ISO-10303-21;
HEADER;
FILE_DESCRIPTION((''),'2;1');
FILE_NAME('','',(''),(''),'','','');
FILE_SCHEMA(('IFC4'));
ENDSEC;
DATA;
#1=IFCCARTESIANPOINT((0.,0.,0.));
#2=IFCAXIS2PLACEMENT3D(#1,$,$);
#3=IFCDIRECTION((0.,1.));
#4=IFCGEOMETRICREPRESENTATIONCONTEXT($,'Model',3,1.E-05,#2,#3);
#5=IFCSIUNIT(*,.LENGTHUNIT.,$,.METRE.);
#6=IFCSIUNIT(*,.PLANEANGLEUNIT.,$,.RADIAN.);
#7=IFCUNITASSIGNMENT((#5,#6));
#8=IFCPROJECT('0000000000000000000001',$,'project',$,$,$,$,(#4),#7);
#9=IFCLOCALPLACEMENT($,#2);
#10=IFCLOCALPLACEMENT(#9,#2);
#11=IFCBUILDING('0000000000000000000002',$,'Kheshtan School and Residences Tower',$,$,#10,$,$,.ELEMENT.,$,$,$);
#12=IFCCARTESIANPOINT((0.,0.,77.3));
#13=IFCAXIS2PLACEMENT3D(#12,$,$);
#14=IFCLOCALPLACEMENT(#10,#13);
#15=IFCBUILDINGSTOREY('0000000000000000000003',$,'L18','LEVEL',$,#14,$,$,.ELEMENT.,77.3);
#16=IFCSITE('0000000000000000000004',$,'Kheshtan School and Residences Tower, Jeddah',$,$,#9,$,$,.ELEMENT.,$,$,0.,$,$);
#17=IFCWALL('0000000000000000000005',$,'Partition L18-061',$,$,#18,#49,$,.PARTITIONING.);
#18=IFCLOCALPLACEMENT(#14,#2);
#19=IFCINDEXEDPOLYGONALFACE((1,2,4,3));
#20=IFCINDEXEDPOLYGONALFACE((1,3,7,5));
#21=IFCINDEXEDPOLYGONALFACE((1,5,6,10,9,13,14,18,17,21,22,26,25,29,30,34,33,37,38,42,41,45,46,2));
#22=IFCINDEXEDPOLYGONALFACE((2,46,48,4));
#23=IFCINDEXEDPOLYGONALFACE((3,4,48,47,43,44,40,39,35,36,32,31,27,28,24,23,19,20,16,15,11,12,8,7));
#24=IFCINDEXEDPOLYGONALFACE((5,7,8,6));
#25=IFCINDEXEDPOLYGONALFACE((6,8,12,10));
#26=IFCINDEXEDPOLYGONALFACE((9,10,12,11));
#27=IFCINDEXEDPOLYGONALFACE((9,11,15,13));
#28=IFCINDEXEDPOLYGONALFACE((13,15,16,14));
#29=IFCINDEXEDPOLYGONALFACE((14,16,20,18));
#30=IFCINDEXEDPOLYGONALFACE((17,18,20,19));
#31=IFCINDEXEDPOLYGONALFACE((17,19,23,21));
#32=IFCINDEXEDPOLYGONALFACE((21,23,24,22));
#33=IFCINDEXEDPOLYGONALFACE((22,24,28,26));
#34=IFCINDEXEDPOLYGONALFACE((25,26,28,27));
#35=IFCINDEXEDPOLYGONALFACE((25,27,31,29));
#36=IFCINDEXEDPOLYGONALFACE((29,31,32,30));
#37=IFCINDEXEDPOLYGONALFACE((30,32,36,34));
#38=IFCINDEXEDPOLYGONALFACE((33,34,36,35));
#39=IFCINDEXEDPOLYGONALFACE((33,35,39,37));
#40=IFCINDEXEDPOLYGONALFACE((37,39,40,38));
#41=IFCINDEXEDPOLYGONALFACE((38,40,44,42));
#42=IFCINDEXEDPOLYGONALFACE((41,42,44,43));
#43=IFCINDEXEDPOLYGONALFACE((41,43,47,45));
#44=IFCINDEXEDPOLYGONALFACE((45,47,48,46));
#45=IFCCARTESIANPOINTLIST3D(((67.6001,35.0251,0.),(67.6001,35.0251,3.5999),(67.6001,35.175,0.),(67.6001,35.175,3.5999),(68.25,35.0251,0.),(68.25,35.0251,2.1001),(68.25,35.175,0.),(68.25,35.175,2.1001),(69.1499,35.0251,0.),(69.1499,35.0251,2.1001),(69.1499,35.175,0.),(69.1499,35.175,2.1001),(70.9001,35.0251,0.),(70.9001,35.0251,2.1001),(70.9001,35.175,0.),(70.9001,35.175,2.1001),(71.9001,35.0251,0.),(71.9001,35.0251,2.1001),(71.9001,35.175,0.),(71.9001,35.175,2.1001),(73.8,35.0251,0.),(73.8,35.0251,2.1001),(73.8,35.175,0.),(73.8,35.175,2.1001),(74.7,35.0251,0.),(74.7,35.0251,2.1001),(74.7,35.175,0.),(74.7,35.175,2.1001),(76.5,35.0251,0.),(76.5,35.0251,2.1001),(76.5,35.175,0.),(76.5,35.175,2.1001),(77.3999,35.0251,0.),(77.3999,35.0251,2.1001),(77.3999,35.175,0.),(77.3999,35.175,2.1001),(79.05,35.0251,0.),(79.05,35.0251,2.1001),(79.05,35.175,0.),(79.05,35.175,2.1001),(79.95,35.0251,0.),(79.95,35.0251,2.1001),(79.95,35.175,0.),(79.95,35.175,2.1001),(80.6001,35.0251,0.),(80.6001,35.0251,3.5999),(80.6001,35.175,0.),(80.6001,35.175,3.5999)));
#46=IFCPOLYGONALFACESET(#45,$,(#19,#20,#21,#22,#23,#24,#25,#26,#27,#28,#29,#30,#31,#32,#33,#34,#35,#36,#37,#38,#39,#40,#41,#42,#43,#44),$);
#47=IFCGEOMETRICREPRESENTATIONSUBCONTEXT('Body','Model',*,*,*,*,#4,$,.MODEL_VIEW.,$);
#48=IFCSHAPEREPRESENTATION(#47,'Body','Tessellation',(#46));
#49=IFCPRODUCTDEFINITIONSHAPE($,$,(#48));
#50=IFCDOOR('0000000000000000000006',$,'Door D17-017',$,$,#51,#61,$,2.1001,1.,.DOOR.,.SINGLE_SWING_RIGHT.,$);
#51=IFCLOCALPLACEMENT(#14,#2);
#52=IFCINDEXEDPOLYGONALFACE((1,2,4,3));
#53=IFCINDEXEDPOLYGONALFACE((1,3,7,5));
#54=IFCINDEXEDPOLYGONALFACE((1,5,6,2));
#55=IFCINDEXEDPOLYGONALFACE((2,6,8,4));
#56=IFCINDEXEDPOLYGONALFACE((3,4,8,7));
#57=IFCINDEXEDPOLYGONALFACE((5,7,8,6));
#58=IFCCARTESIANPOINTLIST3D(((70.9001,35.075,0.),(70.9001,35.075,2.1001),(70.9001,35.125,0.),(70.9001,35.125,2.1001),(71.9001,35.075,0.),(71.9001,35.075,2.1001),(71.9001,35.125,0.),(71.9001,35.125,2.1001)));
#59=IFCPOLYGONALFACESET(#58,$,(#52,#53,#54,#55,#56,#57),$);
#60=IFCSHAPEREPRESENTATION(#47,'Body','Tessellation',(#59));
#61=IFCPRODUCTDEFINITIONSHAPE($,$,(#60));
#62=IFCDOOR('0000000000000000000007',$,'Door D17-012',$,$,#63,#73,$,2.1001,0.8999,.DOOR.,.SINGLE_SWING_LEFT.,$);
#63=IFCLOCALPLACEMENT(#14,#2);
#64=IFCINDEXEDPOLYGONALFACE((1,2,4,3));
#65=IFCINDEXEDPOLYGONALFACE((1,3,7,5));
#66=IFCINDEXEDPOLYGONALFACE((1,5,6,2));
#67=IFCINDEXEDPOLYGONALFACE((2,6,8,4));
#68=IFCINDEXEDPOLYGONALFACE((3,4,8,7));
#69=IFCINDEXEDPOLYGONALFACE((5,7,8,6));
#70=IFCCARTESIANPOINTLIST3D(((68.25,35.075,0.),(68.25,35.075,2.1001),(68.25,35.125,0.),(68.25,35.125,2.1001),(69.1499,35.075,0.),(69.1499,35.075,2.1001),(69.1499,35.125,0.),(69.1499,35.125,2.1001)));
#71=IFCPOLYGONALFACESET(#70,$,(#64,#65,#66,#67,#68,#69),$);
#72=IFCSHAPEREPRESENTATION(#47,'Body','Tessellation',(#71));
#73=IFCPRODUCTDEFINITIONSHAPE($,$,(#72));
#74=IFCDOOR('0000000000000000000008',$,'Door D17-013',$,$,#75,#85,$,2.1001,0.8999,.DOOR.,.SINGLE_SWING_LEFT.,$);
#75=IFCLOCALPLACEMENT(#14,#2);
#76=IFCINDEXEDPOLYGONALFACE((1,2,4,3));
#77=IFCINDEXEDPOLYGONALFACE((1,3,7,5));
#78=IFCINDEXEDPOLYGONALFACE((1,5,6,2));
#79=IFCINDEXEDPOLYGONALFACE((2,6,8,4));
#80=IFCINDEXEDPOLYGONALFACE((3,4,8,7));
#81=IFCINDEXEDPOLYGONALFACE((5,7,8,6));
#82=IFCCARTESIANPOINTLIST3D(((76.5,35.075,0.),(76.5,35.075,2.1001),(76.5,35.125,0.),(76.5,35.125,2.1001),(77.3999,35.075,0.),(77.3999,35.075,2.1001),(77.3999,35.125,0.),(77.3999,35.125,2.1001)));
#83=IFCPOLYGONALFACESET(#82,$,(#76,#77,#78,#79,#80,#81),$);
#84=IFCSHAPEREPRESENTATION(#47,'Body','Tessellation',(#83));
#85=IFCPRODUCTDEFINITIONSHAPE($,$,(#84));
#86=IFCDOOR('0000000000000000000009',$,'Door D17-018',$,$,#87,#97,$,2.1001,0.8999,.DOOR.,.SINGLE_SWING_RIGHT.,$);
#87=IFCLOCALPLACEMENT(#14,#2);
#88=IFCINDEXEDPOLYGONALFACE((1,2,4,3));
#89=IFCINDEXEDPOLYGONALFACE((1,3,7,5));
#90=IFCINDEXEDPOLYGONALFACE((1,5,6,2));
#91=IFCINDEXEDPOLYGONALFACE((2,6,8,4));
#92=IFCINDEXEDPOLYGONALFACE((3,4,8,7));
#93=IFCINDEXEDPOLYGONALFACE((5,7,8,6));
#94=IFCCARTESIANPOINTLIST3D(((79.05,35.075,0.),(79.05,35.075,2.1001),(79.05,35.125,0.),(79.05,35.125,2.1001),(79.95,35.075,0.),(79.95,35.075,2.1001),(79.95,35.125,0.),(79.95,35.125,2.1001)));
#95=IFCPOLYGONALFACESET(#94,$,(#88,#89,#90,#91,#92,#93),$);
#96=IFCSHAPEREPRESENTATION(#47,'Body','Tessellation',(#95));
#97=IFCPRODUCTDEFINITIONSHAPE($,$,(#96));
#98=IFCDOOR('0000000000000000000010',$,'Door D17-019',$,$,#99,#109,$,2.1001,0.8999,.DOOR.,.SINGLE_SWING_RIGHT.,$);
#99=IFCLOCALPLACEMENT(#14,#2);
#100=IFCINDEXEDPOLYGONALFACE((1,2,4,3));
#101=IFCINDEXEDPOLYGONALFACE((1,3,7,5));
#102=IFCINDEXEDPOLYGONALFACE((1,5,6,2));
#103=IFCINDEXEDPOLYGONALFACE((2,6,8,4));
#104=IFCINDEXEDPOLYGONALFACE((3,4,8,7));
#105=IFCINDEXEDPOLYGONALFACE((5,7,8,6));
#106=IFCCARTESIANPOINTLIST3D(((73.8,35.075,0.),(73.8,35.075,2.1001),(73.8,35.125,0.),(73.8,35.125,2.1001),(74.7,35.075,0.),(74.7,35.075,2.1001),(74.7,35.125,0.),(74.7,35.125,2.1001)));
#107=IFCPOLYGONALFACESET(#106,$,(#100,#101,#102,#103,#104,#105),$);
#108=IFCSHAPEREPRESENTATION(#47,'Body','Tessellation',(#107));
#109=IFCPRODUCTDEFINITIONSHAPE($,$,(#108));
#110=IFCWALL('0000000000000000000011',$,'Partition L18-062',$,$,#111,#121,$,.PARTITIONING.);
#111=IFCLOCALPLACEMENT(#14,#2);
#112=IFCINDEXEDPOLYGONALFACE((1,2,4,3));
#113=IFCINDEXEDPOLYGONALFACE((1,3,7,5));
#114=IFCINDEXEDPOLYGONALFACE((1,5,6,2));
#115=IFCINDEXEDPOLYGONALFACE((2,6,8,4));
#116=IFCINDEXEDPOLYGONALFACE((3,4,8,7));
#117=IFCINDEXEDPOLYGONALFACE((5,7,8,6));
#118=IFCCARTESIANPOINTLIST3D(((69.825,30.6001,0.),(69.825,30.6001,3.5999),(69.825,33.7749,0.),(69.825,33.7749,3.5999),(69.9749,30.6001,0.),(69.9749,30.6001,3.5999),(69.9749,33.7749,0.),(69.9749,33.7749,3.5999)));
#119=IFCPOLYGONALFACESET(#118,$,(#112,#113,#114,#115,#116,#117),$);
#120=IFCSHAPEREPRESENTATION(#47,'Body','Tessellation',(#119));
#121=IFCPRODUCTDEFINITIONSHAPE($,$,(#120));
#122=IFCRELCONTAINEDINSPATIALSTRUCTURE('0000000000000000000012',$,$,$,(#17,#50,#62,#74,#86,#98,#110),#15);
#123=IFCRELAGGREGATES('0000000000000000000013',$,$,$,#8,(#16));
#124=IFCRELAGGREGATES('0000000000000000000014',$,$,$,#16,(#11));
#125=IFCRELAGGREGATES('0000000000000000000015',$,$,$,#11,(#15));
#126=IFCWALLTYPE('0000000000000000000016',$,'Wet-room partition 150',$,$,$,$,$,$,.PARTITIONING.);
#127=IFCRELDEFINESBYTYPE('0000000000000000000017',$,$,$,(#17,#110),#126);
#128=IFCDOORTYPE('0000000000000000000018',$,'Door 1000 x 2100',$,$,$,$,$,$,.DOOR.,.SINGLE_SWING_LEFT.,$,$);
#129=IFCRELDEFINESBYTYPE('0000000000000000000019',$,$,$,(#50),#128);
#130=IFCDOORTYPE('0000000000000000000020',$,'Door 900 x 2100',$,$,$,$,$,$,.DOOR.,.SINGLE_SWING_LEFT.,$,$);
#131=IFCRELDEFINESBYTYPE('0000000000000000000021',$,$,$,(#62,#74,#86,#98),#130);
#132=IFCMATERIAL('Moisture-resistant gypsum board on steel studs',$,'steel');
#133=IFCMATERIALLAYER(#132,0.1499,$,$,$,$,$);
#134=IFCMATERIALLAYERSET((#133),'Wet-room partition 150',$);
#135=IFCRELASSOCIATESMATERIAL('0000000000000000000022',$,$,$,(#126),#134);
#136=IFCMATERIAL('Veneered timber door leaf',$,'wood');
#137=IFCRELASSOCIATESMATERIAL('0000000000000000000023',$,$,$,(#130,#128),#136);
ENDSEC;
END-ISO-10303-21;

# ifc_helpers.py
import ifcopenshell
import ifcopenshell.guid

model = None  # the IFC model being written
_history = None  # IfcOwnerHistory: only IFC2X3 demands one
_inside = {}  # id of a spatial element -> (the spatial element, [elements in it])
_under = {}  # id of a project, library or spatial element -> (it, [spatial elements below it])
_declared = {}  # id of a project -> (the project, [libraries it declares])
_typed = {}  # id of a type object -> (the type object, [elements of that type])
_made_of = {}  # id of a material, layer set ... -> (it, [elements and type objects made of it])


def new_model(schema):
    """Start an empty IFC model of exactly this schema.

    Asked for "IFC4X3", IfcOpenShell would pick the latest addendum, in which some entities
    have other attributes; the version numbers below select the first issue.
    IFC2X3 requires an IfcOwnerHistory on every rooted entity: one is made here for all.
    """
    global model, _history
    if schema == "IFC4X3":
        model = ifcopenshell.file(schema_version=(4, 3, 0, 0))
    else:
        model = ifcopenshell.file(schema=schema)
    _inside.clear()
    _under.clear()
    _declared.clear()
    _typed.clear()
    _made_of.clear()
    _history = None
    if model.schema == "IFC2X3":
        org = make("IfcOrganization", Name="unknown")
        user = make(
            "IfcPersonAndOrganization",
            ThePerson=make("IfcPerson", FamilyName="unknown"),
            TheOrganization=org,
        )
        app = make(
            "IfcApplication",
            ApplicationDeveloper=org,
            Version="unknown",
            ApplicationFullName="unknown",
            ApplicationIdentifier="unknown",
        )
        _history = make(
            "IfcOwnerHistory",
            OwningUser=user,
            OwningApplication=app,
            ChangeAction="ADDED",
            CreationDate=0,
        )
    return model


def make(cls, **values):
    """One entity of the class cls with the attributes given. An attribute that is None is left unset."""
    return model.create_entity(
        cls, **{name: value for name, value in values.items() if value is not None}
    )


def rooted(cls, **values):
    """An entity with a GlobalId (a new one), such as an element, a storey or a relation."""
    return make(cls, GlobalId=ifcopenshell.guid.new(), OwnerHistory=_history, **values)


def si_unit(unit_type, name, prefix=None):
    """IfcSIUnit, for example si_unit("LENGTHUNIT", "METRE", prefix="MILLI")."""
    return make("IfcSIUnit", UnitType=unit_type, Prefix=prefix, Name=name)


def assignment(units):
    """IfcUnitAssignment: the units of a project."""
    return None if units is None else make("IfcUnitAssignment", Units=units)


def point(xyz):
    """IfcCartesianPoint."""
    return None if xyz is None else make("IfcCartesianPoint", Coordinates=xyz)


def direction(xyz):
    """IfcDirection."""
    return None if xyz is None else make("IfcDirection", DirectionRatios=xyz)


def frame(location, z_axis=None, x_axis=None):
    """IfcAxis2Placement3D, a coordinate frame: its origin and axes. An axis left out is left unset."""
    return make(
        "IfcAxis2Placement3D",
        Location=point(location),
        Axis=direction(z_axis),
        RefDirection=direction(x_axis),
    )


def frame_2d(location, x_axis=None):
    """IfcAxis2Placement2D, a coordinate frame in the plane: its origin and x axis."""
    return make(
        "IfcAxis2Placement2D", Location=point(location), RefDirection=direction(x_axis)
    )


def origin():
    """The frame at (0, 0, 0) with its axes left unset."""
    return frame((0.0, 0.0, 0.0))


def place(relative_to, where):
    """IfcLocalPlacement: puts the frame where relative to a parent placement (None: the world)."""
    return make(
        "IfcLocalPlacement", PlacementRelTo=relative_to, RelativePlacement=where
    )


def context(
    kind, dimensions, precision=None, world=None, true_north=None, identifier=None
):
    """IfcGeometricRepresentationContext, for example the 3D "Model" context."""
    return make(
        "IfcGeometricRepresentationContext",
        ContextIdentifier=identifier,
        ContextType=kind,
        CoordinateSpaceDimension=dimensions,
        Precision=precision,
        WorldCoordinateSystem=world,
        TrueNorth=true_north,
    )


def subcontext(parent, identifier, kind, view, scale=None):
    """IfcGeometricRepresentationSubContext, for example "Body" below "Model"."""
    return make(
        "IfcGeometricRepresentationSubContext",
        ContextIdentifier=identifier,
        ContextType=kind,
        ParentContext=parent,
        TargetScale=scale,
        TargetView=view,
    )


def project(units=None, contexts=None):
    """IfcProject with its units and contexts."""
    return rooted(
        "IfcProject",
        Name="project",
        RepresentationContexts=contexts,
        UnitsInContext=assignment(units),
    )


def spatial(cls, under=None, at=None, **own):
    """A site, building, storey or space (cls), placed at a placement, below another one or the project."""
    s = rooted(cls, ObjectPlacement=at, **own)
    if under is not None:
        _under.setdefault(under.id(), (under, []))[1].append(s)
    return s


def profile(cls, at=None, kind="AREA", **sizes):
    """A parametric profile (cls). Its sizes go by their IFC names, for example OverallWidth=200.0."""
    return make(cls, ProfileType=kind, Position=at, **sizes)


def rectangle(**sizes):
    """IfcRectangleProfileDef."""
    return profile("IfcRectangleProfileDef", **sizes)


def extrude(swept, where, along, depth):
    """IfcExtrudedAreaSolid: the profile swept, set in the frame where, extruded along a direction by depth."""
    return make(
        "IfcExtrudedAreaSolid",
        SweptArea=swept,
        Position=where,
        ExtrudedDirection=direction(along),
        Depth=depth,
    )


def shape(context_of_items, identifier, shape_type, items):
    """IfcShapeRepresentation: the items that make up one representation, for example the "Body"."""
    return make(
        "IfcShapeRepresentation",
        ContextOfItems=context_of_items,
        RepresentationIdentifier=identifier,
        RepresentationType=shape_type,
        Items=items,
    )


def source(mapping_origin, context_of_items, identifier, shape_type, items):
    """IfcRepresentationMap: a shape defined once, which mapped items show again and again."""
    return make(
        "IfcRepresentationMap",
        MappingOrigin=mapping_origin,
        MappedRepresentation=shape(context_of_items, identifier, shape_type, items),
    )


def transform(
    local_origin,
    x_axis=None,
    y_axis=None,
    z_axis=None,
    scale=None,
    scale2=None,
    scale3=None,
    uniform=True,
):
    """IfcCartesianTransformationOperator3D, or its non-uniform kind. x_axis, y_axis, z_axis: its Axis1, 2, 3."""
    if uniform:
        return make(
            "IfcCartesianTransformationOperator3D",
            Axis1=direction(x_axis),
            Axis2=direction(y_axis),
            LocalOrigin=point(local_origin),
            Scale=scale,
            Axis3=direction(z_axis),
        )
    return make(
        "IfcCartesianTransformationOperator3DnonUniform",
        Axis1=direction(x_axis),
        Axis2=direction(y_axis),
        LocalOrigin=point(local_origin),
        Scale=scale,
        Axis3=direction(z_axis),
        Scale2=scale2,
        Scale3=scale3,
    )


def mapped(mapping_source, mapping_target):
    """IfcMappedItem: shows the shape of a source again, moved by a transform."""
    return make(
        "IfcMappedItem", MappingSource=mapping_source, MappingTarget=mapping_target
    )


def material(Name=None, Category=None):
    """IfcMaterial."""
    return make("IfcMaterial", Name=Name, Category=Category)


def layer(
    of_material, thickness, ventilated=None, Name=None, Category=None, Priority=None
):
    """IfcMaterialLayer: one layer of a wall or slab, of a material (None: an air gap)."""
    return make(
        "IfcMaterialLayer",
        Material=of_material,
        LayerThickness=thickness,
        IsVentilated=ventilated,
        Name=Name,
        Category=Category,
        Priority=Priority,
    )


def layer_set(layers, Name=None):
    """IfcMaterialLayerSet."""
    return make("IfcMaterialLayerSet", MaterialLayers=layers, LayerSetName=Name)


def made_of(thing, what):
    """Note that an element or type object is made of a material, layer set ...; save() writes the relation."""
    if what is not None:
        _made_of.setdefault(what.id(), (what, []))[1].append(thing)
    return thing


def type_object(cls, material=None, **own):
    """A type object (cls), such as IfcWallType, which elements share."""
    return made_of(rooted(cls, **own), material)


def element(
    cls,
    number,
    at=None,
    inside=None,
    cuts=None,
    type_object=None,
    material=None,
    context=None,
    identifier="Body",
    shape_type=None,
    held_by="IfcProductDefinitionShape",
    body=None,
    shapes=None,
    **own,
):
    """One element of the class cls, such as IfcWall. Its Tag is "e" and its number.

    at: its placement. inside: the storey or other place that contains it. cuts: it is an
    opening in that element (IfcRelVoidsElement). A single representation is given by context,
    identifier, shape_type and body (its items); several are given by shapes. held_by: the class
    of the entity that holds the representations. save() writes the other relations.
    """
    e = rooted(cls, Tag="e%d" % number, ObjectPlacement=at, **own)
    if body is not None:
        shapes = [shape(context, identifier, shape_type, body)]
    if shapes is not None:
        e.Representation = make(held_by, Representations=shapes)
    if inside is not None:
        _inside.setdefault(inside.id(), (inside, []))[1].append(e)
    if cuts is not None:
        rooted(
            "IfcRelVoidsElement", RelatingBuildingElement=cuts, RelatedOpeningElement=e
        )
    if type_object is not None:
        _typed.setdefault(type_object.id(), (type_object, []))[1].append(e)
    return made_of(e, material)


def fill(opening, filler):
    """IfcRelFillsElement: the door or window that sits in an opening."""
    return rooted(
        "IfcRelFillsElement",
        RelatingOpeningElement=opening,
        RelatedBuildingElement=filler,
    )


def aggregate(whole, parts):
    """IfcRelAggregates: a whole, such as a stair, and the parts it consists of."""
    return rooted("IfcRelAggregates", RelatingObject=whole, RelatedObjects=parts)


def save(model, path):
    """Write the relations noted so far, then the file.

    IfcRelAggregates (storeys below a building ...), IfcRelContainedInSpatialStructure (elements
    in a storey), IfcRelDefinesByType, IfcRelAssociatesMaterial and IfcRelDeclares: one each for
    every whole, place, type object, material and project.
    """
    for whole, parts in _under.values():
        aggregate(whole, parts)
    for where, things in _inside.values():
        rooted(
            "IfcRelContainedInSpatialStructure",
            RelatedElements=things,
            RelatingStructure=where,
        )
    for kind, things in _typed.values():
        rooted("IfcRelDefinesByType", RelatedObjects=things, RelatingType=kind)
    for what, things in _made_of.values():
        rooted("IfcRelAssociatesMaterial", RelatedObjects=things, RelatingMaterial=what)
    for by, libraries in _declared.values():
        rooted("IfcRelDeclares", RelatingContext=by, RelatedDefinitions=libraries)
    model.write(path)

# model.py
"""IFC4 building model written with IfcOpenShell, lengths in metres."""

from ifc_helpers import new_model, si_unit, direction, frame, frame_2d, origin, place, context, subcontext, project, spatial, rectangle, extrude, source, transform, mapped, material, layer, layer_set, type_object, element, fill, save


model = new_model("IFC4")

# Units and contexts
model_context = context("Model", 3, precision=1e-05, world=origin(), true_north=direction((0.0, 1.0)))
body_context = subcontext(model_context, "Body", "Model", "MODEL_VIEW")
ifc_project = project(units=[si_unit("LENGTHUNIT", "METRE"), si_unit("PLANEANGLEUNIT", "RADIAN")], contexts=[model_context])

# Site, building, storey
site_placement = place(None, origin())
site = spatial("IfcSite", under=ifc_project, at=site_placement, Name="Kheshtan School and Residences Tower, Jeddah", CompositionType="ELEMENT", RefElevation=0.0)
building_placement = place(site_placement, origin())
building = spatial("IfcBuilding", under=site, at=building_placement, Name="Kheshtan School and Residences Tower", CompositionType="ELEMENT")
storey_placement = place(building_placement, frame((0.0, 0.0, 77.3)))
storey = spatial("IfcBuildingStorey", under=building, at=storey_placement, Name="L18", Description="LEVEL", CompositionType="ELEMENT", Elevation=77.3)

# Shared definitions
ifc_material_1 = material(Name="Moisture-resistant gypsum board on steel studs", Category="steel")
ifc_layer_1 = layer(ifc_material_1, 0.1499)
ifc_layer_set_1 = layer_set([ifc_layer_1], Name="Wet-room partition 150")
wall_type_1 = type_object("IfcWallType", Name="Wet-room partition 150", PredefinedType="PARTITIONING", material=ifc_layer_set_1)
ifc_material_2 = material(Name="Veneered timber door leaf", Category="wood")
door_type_1 = type_object("IfcDoorType", Name="Door 900 x 2100", OperationType="SINGLE_SWING_LEFT", PredefinedType="DOOR", material=ifc_material_2)
shared_shape_1 = source(origin(), body_context, "Body", "SweptSolid", [
    extrude(rectangle(XDim=0.8999, YDim=2.1001, at=frame_2d((0.45, 1.05))), frame((0.0, 0.0249, 0.0), z_axis=(0.0, -1.0, 0.0), x_axis=(1.0, 0.0, 0.0)), (0.0, 0.0, 1.0), 0.05),
])

# Wall, openings, doors
wall_1_placement = place(storey_placement, frame((67.6001, 35.1001, 0.0), z_axis=(0.0, 0.0, 1.0), x_axis=(1.0, 0.0, 0.0)))
wall_1 = element("IfcWall", 1, at=wall_1_placement, inside=storey, type_object=wall_type_1, Name="Partition L18-061", PredefinedType="PARTITIONING", context=body_context, shape_type="SweptSolid", body=[
    extrude(rectangle(XDim=13.0, YDim=0.1499, at=frame_2d((6.5, 0.0))), origin(), (0.0, 0.0, 1.0), 3.5999),
])
opening_1_placement = place(wall_1_placement, frame((0.6499, 0.0, 0.0)))
opening_1 = element("IfcOpeningElement", 2, at=opening_1_placement, cuts=wall_1, PredefinedType="OPENING", context=body_context, shape_type="SweptSolid", body=[
    extrude(rectangle(XDim=0.8999, YDim=2.1001, at=frame_2d((0.45, 1.05))), frame((0.0, 0.085, 0.0), z_axis=(0.0, -1.0, 0.0), x_axis=(1.0, 0.0, 0.0)), (0.0, 0.0, 1.0), 0.1699),
])
opening_2_placement = place(wall_1_placement, frame((8.8999, 0.0, 0.0)))
opening_2 = element("IfcOpeningElement", 3, at=opening_2_placement, cuts=wall_1, PredefinedType="OPENING", context=body_context, shape_type="SweptSolid", body=[
    extrude(rectangle(XDim=0.8999, YDim=2.1001, at=frame_2d((0.45, 1.05))), frame((0.0, 0.085, 0.0), z_axis=(0.0, -1.0, 0.0), x_axis=(1.0, 0.0, 0.0)), (0.0, 0.0, 1.0), 0.1699),
])
opening_3_placement = place(wall_1_placement, frame((3.3, 0.0, 0.0)))
opening_3 = element("IfcOpeningElement", 4, at=opening_3_placement, cuts=wall_1, PredefinedType="OPENING", context=body_context, shape_type="SweptSolid", body=[
    extrude(rectangle(XDim=1.0, YDim=2.1001, at=frame_2d((0.5, 1.05))), frame((0.0, 0.085, 0.0), z_axis=(0.0, -1.0, 0.0), x_axis=(1.0, 0.0, 0.0)), (0.0, 0.0, 1.0), 0.1699),
])
opening_4_placement = place(wall_1_placement, frame((11.45, 0.0, 0.0)))
opening_4 = element("IfcOpeningElement", 5, at=opening_4_placement, cuts=wall_1, PredefinedType="OPENING", context=body_context, shape_type="SweptSolid", body=[
    extrude(rectangle(XDim=0.8999, YDim=2.1001, at=frame_2d((0.45, 1.05))), frame((0.0, 0.085, 0.0), z_axis=(0.0, -1.0, 0.0), x_axis=(1.0, 0.0, 0.0)), (0.0, 0.0, 1.0), 0.1699),
])
opening_5_placement = place(wall_1_placement, frame((6.2, 0.0, 0.0)))
opening_5 = element("IfcOpeningElement", 6, at=opening_5_placement, cuts=wall_1, PredefinedType="OPENING", context=body_context, shape_type="SweptSolid", body=[
    extrude(rectangle(XDim=0.8999, YDim=2.1001, at=frame_2d((0.45, 1.05))), frame((0.0, 0.085, 0.0), z_axis=(0.0, -1.0, 0.0), x_axis=(1.0, 0.0, 0.0)), (0.0, 0.0, 1.0), 0.1699),
])
door_type_2 = type_object("IfcDoorType", Name="Door 1000 x 2100", OperationType="SINGLE_SWING_LEFT", PredefinedType="DOOR", material=ifc_material_2)
shared_shape_2 = source(origin(), body_context, "Body", "SweptSolid", [
    extrude(rectangle(XDim=1.0, YDim=2.1001, at=frame_2d((0.5, 1.05))), frame((0.0, 0.0249, 0.0), z_axis=(0.0, -1.0, 0.0), x_axis=(1.0, 0.0, 0.0)), (0.0, 0.0, 1.0), 0.05),
])
door_1_placement = place(opening_3_placement, origin())
door_1 = element("IfcDoor", 7, at=door_1_placement, inside=storey, type_object=door_type_2, Name="Door D17-017", OperationType="SINGLE_SWING_RIGHT", OverallHeight=2.1001, OverallWidth=1.0, PredefinedType="DOOR", context=body_context, shape_type="MappedRepresentation", body=[
    mapped(shared_shape_2, transform((0.0, 0.0, 0.0), x_axis=(1.0, 0.0, 0.0), y_axis=(0.0, 1.0, 0.0), z_axis=(0.0, 0.0, 1.0), scale=1.0)),
])
fill(opening_3, door_1)
door_2_placement = place(opening_1_placement, origin())
door_2 = element("IfcDoor", 8, at=door_2_placement, inside=storey, type_object=door_type_1, Name="Door D17-012", OperationType="SINGLE_SWING_LEFT", OverallHeight=2.1001, OverallWidth=0.8999, PredefinedType="DOOR", context=body_context, shape_type="MappedRepresentation", body=[
    mapped(shared_shape_1, transform((0.0, 0.0, 0.0), x_axis=(1.0, 0.0, 0.0), y_axis=(0.0, 1.0, 0.0), z_axis=(0.0, 0.0, 1.0), scale=1.0)),
])
fill(opening_1, door_2)
door_3_placement = place(opening_2_placement, origin())
door_3 = element("IfcDoor", 9, at=door_3_placement, inside=storey, type_object=door_type_1, Name="Door D17-013", OperationType="SINGLE_SWING_LEFT", OverallHeight=2.1001, OverallWidth=0.8999, PredefinedType="DOOR", context=body_context, shape_type="MappedRepresentation", body=[
    mapped(shared_shape_1, transform((0.0, 0.0, 0.0), x_axis=(1.0, 0.0, 0.0), y_axis=(0.0, 1.0, 0.0), z_axis=(0.0, 0.0, 1.0), scale=1.0)),
])
fill(opening_2, door_3)
door_4_placement = place(opening_4_placement, origin())
door_4 = element("IfcDoor", 10, at=door_4_placement, inside=storey, type_object=door_type_1, Name="Door D17-018", OperationType="SINGLE_SWING_RIGHT", OverallHeight=2.1001, OverallWidth=0.8999, PredefinedType="DOOR", context=body_context, shape_type="MappedRepresentation", body=[
    mapped(shared_shape_1, transform((0.0, 0.0, 0.0), x_axis=(1.0, 0.0, 0.0), y_axis=(0.0, 1.0, 0.0), z_axis=(0.0, 0.0, 1.0), scale=1.0)),
])
fill(opening_4, door_4)
door_5_placement = place(opening_5_placement, origin())
door_5 = element("IfcDoor", 11, at=door_5_placement, inside=storey, type_object=door_type_1, Name="Door D17-019", OperationType="SINGLE_SWING_RIGHT", OverallHeight=2.1001, OverallWidth=0.8999, PredefinedType="DOOR", context=body_context, shape_type="MappedRepresentation", body=[
    mapped(shared_shape_1, transform((0.0, 0.0, 0.0), x_axis=(1.0, 0.0, 0.0), y_axis=(0.0, 1.0, 0.0), z_axis=(0.0, 0.0, 1.0), scale=1.0)),
])
fill(opening_5, door_5)

# Wall
wall_2_placement = place(storey_placement, frame((69.8999, 30.6001, 0.0), z_axis=(0.0, 0.0, 1.0), x_axis=(0.0, 1.0, 0.0)))
element("IfcWall", 12, at=wall_2_placement, inside=storey, type_object=wall_type_1, Name="Partition L18-062", PredefinedType="PARTITIONING", context=body_context, shape_type="SweptSolid", body=[
    extrude(rectangle(XDim=3.1748, YDim=0.1499, at=frame_2d((1.5874, 0.0))), origin(), (0.0, 0.0, 1.0), 3.5999),
])

save(model, "model.ifc")
